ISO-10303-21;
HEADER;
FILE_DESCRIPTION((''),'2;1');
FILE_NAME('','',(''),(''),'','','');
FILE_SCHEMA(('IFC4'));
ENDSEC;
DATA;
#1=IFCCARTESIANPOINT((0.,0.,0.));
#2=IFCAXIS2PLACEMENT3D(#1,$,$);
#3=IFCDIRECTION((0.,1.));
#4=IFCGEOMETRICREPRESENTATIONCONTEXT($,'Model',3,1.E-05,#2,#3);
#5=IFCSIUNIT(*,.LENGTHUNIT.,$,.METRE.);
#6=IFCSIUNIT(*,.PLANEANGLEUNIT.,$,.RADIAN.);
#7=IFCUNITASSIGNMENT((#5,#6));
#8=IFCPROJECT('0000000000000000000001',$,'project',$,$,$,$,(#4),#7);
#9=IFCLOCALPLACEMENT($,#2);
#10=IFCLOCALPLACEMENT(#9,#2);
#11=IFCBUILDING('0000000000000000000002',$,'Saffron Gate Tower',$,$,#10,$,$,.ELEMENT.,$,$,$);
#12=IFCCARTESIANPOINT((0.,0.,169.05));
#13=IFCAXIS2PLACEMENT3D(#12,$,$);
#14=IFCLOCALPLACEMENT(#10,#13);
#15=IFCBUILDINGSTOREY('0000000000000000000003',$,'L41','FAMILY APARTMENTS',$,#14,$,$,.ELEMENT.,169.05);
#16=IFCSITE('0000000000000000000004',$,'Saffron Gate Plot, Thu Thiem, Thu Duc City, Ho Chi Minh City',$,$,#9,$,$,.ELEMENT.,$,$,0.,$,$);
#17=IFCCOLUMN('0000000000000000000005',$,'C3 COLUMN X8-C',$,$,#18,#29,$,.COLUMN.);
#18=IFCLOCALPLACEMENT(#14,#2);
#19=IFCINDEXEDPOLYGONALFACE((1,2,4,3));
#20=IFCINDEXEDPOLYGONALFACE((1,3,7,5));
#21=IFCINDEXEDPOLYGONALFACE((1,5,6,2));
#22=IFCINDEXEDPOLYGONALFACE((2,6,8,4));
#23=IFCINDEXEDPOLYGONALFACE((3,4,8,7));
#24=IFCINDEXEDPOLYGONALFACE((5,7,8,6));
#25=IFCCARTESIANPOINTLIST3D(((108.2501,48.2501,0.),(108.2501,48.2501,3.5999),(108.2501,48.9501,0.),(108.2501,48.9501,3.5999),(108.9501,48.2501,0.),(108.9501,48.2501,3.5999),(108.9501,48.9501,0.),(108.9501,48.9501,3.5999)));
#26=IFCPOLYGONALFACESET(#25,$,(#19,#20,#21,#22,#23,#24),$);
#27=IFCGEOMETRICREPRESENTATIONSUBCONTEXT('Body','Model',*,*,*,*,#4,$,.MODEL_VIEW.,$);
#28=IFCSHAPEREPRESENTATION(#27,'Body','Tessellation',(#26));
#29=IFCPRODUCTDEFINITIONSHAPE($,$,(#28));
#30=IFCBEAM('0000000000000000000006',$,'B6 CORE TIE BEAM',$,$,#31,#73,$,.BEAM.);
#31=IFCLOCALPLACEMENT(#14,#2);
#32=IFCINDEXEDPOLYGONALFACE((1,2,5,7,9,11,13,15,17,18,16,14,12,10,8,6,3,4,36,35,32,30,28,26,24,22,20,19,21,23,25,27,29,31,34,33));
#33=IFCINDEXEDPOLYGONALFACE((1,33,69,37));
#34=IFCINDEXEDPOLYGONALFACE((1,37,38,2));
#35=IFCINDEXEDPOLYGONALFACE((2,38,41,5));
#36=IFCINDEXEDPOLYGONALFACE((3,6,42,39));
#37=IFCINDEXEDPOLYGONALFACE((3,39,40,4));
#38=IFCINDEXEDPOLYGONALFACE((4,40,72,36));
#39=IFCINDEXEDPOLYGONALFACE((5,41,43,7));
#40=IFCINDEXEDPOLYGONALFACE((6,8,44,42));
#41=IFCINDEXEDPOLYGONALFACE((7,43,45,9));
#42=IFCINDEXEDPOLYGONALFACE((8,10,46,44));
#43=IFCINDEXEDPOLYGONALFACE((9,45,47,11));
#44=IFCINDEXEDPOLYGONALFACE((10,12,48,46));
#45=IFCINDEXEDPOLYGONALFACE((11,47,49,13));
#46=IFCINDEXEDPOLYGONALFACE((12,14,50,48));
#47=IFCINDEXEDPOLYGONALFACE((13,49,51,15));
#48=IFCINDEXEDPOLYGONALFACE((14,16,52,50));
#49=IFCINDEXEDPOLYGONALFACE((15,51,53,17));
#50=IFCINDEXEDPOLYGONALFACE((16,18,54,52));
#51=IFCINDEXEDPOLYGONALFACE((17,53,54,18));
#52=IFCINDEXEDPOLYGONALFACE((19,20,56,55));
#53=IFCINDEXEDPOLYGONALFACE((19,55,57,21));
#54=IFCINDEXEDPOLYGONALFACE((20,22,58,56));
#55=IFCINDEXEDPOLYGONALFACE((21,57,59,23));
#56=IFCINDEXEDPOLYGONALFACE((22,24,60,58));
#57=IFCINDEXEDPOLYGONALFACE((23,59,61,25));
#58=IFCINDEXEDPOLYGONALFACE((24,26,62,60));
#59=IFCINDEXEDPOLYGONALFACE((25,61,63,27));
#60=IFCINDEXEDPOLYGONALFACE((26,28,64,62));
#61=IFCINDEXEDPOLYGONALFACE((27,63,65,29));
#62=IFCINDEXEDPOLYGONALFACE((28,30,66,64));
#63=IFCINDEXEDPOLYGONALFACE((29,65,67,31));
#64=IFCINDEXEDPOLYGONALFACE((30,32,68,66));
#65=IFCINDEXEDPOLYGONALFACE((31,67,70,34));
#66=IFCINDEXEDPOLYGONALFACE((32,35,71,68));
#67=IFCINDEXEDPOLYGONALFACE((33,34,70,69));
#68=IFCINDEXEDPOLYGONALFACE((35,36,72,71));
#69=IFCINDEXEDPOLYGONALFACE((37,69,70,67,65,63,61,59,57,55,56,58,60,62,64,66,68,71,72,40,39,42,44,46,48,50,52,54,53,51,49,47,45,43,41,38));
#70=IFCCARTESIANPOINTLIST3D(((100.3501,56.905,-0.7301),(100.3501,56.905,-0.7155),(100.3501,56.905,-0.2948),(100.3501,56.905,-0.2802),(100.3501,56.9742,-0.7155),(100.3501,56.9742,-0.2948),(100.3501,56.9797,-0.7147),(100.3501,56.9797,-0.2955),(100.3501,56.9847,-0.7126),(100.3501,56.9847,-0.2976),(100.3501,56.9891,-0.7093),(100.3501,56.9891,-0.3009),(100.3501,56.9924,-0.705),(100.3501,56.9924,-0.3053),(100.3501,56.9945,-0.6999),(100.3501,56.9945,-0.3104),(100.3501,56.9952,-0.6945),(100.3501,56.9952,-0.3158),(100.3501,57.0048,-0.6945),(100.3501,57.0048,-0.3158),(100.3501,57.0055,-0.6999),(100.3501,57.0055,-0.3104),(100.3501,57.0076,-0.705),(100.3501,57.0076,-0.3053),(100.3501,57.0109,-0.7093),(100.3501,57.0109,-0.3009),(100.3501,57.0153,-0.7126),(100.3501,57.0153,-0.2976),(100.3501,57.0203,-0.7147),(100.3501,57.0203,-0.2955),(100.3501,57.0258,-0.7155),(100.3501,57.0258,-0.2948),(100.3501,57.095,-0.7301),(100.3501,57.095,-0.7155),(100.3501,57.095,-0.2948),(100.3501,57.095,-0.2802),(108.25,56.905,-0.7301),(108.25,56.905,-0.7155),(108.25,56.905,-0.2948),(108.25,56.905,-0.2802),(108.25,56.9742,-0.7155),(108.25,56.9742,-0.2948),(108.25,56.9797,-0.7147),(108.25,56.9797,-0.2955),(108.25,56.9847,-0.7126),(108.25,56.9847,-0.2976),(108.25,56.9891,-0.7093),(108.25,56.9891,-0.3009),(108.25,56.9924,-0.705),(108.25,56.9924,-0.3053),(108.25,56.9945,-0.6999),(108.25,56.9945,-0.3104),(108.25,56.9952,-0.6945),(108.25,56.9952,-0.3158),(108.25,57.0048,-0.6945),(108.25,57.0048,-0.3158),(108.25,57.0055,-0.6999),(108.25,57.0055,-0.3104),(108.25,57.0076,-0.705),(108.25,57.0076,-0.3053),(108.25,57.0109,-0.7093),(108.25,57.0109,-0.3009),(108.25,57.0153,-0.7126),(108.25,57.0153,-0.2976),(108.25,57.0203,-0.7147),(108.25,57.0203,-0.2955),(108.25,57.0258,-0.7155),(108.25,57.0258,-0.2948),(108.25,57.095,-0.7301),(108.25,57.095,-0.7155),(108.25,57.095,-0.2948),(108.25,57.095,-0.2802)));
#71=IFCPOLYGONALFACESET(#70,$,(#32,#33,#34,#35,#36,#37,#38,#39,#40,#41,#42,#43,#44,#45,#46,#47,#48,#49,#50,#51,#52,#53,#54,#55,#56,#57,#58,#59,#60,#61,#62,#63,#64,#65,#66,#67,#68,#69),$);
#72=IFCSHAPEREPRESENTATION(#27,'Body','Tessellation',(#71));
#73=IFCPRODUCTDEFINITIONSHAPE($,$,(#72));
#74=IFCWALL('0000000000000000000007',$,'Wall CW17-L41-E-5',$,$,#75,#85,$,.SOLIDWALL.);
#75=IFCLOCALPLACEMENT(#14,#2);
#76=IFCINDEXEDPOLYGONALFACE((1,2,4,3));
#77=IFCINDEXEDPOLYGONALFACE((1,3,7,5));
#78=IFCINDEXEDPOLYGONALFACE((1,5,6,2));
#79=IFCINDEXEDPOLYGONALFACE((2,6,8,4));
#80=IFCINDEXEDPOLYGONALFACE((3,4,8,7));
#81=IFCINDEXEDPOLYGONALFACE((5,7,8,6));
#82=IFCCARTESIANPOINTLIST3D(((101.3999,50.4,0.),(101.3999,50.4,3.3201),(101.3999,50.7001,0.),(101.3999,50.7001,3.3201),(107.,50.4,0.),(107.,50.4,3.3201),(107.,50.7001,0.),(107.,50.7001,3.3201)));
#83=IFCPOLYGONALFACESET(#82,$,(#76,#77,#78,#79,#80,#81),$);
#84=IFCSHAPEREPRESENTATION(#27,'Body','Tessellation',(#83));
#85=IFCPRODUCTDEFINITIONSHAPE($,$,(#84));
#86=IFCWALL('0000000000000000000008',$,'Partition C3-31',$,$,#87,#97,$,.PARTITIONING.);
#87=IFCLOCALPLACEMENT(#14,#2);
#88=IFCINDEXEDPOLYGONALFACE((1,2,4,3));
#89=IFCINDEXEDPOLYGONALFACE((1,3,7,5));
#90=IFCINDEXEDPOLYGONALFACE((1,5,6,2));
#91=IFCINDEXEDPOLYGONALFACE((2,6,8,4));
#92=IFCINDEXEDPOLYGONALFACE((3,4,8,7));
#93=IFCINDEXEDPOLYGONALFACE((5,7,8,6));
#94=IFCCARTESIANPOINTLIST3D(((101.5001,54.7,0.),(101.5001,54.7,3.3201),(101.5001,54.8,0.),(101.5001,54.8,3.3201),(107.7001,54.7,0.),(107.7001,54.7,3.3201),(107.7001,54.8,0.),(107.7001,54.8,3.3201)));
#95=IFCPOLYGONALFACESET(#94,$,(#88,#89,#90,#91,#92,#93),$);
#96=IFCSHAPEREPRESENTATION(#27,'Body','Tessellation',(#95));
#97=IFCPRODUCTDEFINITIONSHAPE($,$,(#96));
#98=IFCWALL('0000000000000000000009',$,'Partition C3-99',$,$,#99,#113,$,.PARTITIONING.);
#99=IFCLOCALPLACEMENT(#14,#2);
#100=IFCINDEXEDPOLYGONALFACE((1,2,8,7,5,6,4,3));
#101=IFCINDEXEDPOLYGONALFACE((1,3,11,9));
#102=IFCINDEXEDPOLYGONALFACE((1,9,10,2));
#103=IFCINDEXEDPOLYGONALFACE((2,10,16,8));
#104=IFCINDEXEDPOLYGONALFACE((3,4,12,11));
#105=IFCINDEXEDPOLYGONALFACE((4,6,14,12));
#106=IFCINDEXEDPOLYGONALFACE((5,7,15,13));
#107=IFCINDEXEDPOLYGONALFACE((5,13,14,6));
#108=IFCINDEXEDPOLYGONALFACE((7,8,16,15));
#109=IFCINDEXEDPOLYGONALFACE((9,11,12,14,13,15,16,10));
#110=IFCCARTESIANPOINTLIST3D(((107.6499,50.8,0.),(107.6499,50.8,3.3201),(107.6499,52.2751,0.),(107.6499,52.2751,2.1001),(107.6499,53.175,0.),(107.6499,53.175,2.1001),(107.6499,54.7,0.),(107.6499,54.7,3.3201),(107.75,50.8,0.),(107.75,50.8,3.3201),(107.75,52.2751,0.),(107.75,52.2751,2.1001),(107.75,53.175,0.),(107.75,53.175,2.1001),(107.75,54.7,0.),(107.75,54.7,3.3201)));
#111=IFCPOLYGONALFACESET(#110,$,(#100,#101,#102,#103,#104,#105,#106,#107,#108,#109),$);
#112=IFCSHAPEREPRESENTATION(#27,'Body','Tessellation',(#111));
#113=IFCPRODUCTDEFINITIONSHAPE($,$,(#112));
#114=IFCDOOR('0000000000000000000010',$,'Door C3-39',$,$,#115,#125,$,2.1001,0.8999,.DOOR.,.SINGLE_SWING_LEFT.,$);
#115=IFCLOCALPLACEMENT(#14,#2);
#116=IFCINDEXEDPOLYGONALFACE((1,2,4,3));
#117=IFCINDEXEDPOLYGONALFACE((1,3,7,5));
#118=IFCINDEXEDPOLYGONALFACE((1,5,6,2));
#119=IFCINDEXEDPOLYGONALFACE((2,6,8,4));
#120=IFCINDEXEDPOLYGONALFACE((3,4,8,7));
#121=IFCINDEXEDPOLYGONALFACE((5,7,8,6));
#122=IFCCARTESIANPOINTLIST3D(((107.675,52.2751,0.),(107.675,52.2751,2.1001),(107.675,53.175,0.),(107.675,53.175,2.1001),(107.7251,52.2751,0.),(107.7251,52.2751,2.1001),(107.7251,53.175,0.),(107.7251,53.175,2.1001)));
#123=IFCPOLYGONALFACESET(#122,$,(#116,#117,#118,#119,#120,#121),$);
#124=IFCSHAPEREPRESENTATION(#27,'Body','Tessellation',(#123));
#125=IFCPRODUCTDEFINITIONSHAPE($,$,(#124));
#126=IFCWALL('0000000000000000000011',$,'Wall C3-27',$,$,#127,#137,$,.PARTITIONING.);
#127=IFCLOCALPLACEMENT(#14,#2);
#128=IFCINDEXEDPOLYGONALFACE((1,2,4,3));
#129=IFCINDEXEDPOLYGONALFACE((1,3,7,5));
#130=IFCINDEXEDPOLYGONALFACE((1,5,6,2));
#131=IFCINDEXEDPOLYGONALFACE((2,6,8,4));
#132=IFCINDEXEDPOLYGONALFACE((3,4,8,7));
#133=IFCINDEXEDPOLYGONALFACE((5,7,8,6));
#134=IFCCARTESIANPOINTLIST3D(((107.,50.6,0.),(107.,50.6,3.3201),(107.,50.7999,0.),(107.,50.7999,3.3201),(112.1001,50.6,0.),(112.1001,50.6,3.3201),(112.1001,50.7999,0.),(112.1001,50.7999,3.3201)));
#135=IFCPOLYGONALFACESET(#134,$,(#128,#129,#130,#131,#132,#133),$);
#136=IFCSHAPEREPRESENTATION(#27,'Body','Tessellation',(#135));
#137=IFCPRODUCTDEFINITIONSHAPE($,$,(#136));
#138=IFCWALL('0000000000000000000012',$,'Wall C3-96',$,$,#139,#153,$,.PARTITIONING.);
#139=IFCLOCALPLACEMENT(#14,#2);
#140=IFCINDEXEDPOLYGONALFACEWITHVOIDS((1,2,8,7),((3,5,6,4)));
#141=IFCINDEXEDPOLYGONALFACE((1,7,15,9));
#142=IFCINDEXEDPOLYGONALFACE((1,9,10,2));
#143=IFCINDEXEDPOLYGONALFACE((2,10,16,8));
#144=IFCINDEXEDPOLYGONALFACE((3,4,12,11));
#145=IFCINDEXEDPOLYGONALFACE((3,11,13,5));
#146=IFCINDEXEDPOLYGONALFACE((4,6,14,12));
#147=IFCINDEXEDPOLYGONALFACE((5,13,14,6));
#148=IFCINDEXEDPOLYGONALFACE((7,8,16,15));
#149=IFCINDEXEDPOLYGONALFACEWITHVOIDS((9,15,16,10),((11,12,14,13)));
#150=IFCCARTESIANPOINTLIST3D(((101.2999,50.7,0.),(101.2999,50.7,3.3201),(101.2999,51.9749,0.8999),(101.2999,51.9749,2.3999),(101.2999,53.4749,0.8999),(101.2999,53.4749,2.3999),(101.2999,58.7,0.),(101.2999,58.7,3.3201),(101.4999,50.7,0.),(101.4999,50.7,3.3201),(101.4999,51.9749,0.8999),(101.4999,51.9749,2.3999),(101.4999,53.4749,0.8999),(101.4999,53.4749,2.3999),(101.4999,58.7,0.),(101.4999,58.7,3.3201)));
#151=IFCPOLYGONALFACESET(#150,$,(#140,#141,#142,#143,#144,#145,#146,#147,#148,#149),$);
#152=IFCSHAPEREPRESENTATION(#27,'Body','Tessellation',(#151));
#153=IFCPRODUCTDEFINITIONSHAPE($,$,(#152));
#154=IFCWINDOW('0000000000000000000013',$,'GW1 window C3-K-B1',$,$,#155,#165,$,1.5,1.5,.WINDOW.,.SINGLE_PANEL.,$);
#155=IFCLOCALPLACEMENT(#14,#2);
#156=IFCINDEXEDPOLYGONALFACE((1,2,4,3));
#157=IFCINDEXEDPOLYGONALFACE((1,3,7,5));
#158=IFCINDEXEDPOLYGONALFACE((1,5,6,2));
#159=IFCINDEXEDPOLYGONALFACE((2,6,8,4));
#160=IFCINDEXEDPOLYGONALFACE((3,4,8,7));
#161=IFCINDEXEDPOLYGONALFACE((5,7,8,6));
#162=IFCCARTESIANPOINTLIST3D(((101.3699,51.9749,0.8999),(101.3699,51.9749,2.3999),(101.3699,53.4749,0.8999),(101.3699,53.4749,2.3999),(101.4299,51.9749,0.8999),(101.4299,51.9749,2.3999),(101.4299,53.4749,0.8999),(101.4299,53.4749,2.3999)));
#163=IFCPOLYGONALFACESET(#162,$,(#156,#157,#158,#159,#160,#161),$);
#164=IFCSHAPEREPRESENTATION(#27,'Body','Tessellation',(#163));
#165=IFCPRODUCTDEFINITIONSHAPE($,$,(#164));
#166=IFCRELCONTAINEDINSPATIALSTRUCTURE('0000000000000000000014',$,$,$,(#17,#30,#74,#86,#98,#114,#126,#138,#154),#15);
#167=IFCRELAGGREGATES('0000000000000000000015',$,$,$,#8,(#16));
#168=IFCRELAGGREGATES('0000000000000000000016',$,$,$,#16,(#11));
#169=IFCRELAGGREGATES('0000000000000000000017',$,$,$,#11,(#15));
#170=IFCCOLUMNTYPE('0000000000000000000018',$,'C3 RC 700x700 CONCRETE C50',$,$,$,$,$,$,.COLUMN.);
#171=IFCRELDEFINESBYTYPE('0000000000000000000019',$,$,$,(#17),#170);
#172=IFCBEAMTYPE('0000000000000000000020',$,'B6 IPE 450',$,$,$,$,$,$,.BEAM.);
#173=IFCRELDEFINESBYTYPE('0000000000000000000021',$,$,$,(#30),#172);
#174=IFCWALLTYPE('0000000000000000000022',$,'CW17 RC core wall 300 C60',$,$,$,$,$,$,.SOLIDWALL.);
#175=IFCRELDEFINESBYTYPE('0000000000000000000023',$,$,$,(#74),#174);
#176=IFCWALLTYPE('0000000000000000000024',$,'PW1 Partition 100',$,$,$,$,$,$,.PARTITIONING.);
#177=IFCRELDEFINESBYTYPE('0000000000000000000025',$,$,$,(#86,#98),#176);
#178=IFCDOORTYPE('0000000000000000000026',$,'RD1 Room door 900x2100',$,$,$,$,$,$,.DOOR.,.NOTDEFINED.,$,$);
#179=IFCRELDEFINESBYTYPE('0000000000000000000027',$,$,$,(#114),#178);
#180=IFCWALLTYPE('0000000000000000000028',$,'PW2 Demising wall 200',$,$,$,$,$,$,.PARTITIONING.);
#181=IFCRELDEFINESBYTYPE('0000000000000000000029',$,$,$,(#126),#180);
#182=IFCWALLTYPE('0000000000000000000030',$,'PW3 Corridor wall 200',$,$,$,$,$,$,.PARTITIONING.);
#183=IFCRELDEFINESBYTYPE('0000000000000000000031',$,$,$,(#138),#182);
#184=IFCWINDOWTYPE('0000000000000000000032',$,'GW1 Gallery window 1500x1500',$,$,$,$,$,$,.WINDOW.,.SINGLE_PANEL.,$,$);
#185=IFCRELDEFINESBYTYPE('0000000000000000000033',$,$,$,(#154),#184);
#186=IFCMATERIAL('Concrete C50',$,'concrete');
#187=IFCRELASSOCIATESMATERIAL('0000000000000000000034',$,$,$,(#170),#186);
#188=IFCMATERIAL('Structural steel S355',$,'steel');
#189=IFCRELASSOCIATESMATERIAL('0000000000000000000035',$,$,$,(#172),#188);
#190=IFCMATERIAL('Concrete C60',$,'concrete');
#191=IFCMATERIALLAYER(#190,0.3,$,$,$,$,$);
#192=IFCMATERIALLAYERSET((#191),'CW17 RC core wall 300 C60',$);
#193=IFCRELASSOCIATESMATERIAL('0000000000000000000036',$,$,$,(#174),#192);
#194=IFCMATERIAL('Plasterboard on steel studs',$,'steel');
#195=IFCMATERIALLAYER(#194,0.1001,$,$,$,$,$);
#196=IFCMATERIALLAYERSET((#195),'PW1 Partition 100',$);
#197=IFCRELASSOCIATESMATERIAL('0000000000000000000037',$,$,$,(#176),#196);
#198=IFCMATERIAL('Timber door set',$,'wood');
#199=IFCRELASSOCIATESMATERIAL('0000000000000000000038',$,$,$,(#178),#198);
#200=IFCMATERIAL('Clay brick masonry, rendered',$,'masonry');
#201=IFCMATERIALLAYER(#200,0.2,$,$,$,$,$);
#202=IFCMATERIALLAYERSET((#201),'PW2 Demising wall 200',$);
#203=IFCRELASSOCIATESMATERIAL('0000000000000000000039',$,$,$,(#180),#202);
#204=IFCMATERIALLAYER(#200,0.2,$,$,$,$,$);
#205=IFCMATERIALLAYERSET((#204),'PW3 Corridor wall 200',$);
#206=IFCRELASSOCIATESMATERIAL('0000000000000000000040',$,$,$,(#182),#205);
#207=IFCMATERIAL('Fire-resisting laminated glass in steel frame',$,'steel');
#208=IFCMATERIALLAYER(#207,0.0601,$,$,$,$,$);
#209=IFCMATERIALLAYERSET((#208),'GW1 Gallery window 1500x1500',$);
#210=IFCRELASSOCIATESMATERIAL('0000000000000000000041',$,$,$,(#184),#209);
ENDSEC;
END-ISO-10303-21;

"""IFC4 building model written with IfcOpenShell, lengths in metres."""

from ifc_helpers import new_model, si_unit, direction, frame, frame_2d, origin, origin_2d, place, context, subcontext, project, spatial, rectangle, i_section, extrude, material, layer, layer_set, material_profile, profile_set, type_object, element, fill, save


model = new_model("IFC4")

# Units and contexts
model_context = context("Model", 3, precision=1e-05, world=origin(), true_north=direction((0.0, 1.0)))
body_context = subcontext(model_context, "Body", "Model", "MODEL_VIEW")
ifc_project = project(units=[si_unit("LENGTHUNIT", "METRE"), si_unit("PLANEANGLEUNIT", "RADIAN")], contexts=[model_context])

# Site, building, storey
site_placement = place(None, origin())
site = spatial("IfcSite", under=ifc_project, at=site_placement, Name="Saffron Gate Plot, Thu Thiem, Thu Duc City, Ho Chi Minh City", CompositionType="ELEMENT", RefElevation=0.0)
building_placement = place(site_placement, origin())
building = spatial("IfcBuilding", under=site, at=building_placement, Name="Saffron Gate Tower", CompositionType="ELEMENT")
storey_placement = place(building_placement, frame((0.0, 0.0, 169.05)))
storey = spatial("IfcBuildingStorey", under=building, at=storey_placement, Name="L41", Description="FAMILY APARTMENTS", CompositionType="ELEMENT", Elevation=169.05)

# Column
ifc_material_1 = material(Name="Concrete C50", Category="concrete")
ifc_material_profile_1 = material_profile(ifc_material_1, rectangle(XDim=0.7, YDim=0.7, at=origin_2d()))
ifc_profile_set_1 = profile_set([ifc_material_profile_1], Name="Concrete C50")
column_type = type_object("IfcColumnType", Name="C3 RC 700x700 CONCRETE C50", PredefinedType="COLUMN", material=ifc_profile_set_1)
column_placement = place(storey_placement, frame((108.6001, 48.6001, 0.0), z_axis=(0.0, 0.0, 1.0), x_axis=(1.0, 0.0, 0.0)))
element("IfcColumn", 1, at=column_placement, inside=storey, type_object=column_type, Name="C3 COLUMN X8-C", PredefinedType="COLUMN", context=body_context, shape_type="SweptSolid", body=[
    extrude(rectangle(XDim=0.7, YDim=0.7, at=origin_2d()), origin(), (0.0, 0.0, 1.0), 3.5999),
])

# Beam
ifc_material_2 = material(Name="Structural steel S355", Category="steel")
ifc_material_profile_2 = material_profile(ifc_material_2, i_section(OverallWidth=0.1899, OverallDepth=0.45, WebThickness=0.0095, FlangeThickness=0.0146, FilletRadius=0.021, at=origin_2d()))
ifc_profile_set_2 = profile_set([ifc_material_profile_2], Name="Structural steel S355")
beam_type = type_object("IfcBeamType", Name="B6 IPE 450", PredefinedType="BEAM", material=ifc_profile_set_2)
beam_placement = place(storey_placement, frame((108.25, 57.0, -0.5051), z_axis=(-1.0, 0.0, 0.0), x_axis=(0.0, -1.0, 0.0)))
element("IfcBeam", 2, at=beam_placement, inside=storey, type_object=beam_type, Name="B6 CORE TIE BEAM", PredefinedType="BEAM", context=body_context, shape_type="SweptSolid", body=[
    extrude(i_section(OverallWidth=0.1899, OverallDepth=0.45, WebThickness=0.0095, FlangeThickness=0.0146, FilletRadius=0.021, at=origin_2d()), origin(), (0.0, 0.0, 1.0), 7.8999),
])

# Walls
ifc_material_3 = material(Name="Concrete C60", Category="concrete")
ifc_layer_1 = layer(ifc_material_3, 0.3)
ifc_layer_set_1 = layer_set([ifc_layer_1], Name="CW17 RC core wall 300 C60")
wall_type_1 = type_object("IfcWallType", Name="CW17 RC core wall 300 C60", PredefinedType="SOLIDWALL", material=ifc_layer_set_1)
wall_1_placement = place(storey_placement, frame((101.3999, 50.55, 0.0), z_axis=(0.0, 0.0, 1.0), x_axis=(1.0, 0.0, 0.0)))
element("IfcWall", 3, at=wall_1_placement, inside=storey, type_object=wall_type_1, Name="Wall CW17-L41-E-5", PredefinedType="SOLIDWALL", context=body_context, shape_type="SweptSolid", body=[
    extrude(rectangle(XDim=5.6001, YDim=0.3, at=frame_2d((2.8, 0.0))), origin(), (0.0, 0.0, 1.0), 3.3201),
])
ifc_material_4 = material(Name="Plasterboard on steel studs", Category="steel")
ifc_layer_2 = layer(ifc_material_4, 0.1001)
ifc_layer_set_2 = layer_set([ifc_layer_2], Name="PW1 Partition 100")
wall_type_2 = type_object("IfcWallType", Name="PW1 Partition 100", PredefinedType="PARTITIONING", material=ifc_layer_set_2)
wall_2_placement = place(storey_placement, frame((101.5, 54.75, 0.0), z_axis=(0.0, 0.0, 1.0), x_axis=(1.0, 0.0, 0.0)))
element("IfcWall", 4, at=wall_2_placement, inside=storey, type_object=wall_type_2, Name="Partition C3-31", PredefinedType="PARTITIONING", context=body_context, shape_type="SweptSolid", body=[
    extrude(rectangle(XDim=6.2, YDim=0.1001, at=frame_2d((3.1001, 0.0))), origin(), (0.0, 0.0, 1.0), 3.3201),
])

# Wall, opening, door
wall_3_placement = place(storey_placement, frame((107.7, 50.8, 0.0), z_axis=(0.0, 0.0, 1.0), x_axis=(0.0, 1.0, 0.0)))
wall_3 = element("IfcWall", 5, at=wall_3_placement, inside=storey, type_object=wall_type_2, Name="Partition C3-99", PredefinedType="PARTITIONING", context=body_context, shape_type="SweptSolid", body=[
    extrude(rectangle(XDim=3.8999, YDim=0.1001, at=frame_2d((1.95, 0.0))), origin(), (0.0, 0.0, 1.0), 3.3201),
])
opening_1_placement = place(wall_3_placement, frame((1.4751, 0.0, 0.0)))
opening_1 = element("IfcOpeningElement", 6, at=opening_1_placement, cuts=wall_3, PredefinedType="OPENING", context=body_context, shape_type="SweptSolid", body=[
    extrude(rectangle(XDim=0.8999, YDim=2.1001, at=frame_2d((0.45, 1.05))), frame((0.0, 0.0601, 0.0), z_axis=(0.0, -1.0, 0.0), x_axis=(1.0, 0.0, 0.0)), (0.0, 0.0, 1.0), 0.1201),
])
ifc_material_5 = material(Name="Timber door set", Category="wood")
door_type = type_object("IfcDoorType", Name="RD1 Room door 900x2100", OperationType="NOTDEFINED", PredefinedType="DOOR", material=ifc_material_5)
door_placement = place(opening_1_placement, origin())
door = element("IfcDoor", 7, at=door_placement, inside=storey, type_object=door_type, Name="Door C3-39", OperationType="SINGLE_SWING_LEFT", OverallHeight=2.1001, OverallWidth=0.8999, PredefinedType="DOOR", context=body_context, shape_type="SweptSolid", body=[
    extrude(rectangle(XDim=0.8999, YDim=2.1001, at=frame_2d((0.45, 1.05))), frame((0.0, 0.0249, 0.0), z_axis=(0.0, -1.0, 0.0), x_axis=(1.0, 0.0, 0.0)), (0.0, 0.0, 1.0), 0.05),
])
fill(opening_1, door)

# Wall
ifc_material_6 = material(Name="Clay brick masonry, rendered", Category="masonry")
ifc_layer_3 = layer(ifc_material_6, 0.2)
ifc_layer_set_3 = layer_set([ifc_layer_3], Name="PW2 Demising wall 200")
wall_type_3 = type_object("IfcWallType", Name="PW2 Demising wall 200", PredefinedType="PARTITIONING", material=ifc_layer_set_3)
wall_4_placement = place(storey_placement, frame((107.0, 50.7, 0.0), z_axis=(0.0, 0.0, 1.0), x_axis=(1.0, 0.0, 0.0)))
element("IfcWall", 8, at=wall_4_placement, inside=storey, type_object=wall_type_3, Name="Wall C3-27", PredefinedType="PARTITIONING", context=body_context, shape_type="SweptSolid", body=[
    extrude(rectangle(XDim=5.1001, YDim=0.2, at=frame_2d((2.55, 0.0))), origin(), (0.0, 0.0, 1.0), 3.3201),
])

# Wall, opening, window
ifc_layer_4 = layer(ifc_material_6, 0.2)
ifc_layer_set_4 = layer_set([ifc_layer_4], Name="PW3 Corridor wall 200")
wall_type_4 = type_object("IfcWallType", Name="PW3 Corridor wall 200", PredefinedType="PARTITIONING", material=ifc_layer_set_4)
wall_5_placement = place(storey_placement, frame((101.3999, 58.7, 0.0), z_axis=(0.0, 0.0, 1.0), x_axis=(0.0, -1.0, 0.0)))
wall_5 = element("IfcWall", 9, at=wall_5_placement, inside=storey, type_object=wall_type_4, Name="Wall C3-96", PredefinedType="PARTITIONING", context=body_context, shape_type="SweptSolid", body=[
    extrude(rectangle(XDim=8.0, YDim=0.2, at=frame_2d((4.0, 0.0))), origin(), (0.0, 0.0, 1.0), 3.3201),
])
opening_2_placement = place(wall_5_placement, frame((5.2251, 0.0, 0.8999)))
opening_2 = element("IfcOpeningElement", 10, at=opening_2_placement, cuts=wall_5, PredefinedType="OPENING", context=body_context, shape_type="SweptSolid", body=[
    extrude(rectangle(XDim=1.5, YDim=1.5, at=frame_2d((0.75, 0.75))), frame((0.0, 0.1099, 0.0), z_axis=(0.0, -1.0, 0.0), x_axis=(1.0, 0.0, 0.0)), (0.0, 0.0, 1.0), 0.22),
])
ifc_material_7 = material(Name="Fire-resisting laminated glass in steel frame", Category="steel")
ifc_layer_5 = layer(ifc_material_7, 0.0601)
ifc_layer_set_5 = layer_set([ifc_layer_5], Name="GW1 Gallery window 1500x1500")
window_type = type_object("IfcWindowType", Name="GW1 Gallery window 1500x1500", PartitioningType="SINGLE_PANEL", PredefinedType="WINDOW", material=ifc_layer_set_5)
window_placement = place(opening_2_placement, origin())
window = element("IfcWindow", 11, at=window_placement, inside=storey, type_object=window_type, Name="GW1 window C3-K-B1", OverallHeight=1.5, OverallWidth=1.5, PartitioningType="SINGLE_PANEL", PredefinedType="WINDOW", context=body_context, shape_type="SweptSolid", body=[
    extrude(rectangle(XDim=1.5, YDim=1.5, at=frame_2d((0.75, 0.75))), frame((0.0, 0.03, 0.0), z_axis=(0.0, -1.0, 0.0), x_axis=(1.0, 0.0, 0.0)), (0.0, 0.0, 1.0), 0.0601),
])
fill(opening_2, window)

save(model, "model.ifc")
